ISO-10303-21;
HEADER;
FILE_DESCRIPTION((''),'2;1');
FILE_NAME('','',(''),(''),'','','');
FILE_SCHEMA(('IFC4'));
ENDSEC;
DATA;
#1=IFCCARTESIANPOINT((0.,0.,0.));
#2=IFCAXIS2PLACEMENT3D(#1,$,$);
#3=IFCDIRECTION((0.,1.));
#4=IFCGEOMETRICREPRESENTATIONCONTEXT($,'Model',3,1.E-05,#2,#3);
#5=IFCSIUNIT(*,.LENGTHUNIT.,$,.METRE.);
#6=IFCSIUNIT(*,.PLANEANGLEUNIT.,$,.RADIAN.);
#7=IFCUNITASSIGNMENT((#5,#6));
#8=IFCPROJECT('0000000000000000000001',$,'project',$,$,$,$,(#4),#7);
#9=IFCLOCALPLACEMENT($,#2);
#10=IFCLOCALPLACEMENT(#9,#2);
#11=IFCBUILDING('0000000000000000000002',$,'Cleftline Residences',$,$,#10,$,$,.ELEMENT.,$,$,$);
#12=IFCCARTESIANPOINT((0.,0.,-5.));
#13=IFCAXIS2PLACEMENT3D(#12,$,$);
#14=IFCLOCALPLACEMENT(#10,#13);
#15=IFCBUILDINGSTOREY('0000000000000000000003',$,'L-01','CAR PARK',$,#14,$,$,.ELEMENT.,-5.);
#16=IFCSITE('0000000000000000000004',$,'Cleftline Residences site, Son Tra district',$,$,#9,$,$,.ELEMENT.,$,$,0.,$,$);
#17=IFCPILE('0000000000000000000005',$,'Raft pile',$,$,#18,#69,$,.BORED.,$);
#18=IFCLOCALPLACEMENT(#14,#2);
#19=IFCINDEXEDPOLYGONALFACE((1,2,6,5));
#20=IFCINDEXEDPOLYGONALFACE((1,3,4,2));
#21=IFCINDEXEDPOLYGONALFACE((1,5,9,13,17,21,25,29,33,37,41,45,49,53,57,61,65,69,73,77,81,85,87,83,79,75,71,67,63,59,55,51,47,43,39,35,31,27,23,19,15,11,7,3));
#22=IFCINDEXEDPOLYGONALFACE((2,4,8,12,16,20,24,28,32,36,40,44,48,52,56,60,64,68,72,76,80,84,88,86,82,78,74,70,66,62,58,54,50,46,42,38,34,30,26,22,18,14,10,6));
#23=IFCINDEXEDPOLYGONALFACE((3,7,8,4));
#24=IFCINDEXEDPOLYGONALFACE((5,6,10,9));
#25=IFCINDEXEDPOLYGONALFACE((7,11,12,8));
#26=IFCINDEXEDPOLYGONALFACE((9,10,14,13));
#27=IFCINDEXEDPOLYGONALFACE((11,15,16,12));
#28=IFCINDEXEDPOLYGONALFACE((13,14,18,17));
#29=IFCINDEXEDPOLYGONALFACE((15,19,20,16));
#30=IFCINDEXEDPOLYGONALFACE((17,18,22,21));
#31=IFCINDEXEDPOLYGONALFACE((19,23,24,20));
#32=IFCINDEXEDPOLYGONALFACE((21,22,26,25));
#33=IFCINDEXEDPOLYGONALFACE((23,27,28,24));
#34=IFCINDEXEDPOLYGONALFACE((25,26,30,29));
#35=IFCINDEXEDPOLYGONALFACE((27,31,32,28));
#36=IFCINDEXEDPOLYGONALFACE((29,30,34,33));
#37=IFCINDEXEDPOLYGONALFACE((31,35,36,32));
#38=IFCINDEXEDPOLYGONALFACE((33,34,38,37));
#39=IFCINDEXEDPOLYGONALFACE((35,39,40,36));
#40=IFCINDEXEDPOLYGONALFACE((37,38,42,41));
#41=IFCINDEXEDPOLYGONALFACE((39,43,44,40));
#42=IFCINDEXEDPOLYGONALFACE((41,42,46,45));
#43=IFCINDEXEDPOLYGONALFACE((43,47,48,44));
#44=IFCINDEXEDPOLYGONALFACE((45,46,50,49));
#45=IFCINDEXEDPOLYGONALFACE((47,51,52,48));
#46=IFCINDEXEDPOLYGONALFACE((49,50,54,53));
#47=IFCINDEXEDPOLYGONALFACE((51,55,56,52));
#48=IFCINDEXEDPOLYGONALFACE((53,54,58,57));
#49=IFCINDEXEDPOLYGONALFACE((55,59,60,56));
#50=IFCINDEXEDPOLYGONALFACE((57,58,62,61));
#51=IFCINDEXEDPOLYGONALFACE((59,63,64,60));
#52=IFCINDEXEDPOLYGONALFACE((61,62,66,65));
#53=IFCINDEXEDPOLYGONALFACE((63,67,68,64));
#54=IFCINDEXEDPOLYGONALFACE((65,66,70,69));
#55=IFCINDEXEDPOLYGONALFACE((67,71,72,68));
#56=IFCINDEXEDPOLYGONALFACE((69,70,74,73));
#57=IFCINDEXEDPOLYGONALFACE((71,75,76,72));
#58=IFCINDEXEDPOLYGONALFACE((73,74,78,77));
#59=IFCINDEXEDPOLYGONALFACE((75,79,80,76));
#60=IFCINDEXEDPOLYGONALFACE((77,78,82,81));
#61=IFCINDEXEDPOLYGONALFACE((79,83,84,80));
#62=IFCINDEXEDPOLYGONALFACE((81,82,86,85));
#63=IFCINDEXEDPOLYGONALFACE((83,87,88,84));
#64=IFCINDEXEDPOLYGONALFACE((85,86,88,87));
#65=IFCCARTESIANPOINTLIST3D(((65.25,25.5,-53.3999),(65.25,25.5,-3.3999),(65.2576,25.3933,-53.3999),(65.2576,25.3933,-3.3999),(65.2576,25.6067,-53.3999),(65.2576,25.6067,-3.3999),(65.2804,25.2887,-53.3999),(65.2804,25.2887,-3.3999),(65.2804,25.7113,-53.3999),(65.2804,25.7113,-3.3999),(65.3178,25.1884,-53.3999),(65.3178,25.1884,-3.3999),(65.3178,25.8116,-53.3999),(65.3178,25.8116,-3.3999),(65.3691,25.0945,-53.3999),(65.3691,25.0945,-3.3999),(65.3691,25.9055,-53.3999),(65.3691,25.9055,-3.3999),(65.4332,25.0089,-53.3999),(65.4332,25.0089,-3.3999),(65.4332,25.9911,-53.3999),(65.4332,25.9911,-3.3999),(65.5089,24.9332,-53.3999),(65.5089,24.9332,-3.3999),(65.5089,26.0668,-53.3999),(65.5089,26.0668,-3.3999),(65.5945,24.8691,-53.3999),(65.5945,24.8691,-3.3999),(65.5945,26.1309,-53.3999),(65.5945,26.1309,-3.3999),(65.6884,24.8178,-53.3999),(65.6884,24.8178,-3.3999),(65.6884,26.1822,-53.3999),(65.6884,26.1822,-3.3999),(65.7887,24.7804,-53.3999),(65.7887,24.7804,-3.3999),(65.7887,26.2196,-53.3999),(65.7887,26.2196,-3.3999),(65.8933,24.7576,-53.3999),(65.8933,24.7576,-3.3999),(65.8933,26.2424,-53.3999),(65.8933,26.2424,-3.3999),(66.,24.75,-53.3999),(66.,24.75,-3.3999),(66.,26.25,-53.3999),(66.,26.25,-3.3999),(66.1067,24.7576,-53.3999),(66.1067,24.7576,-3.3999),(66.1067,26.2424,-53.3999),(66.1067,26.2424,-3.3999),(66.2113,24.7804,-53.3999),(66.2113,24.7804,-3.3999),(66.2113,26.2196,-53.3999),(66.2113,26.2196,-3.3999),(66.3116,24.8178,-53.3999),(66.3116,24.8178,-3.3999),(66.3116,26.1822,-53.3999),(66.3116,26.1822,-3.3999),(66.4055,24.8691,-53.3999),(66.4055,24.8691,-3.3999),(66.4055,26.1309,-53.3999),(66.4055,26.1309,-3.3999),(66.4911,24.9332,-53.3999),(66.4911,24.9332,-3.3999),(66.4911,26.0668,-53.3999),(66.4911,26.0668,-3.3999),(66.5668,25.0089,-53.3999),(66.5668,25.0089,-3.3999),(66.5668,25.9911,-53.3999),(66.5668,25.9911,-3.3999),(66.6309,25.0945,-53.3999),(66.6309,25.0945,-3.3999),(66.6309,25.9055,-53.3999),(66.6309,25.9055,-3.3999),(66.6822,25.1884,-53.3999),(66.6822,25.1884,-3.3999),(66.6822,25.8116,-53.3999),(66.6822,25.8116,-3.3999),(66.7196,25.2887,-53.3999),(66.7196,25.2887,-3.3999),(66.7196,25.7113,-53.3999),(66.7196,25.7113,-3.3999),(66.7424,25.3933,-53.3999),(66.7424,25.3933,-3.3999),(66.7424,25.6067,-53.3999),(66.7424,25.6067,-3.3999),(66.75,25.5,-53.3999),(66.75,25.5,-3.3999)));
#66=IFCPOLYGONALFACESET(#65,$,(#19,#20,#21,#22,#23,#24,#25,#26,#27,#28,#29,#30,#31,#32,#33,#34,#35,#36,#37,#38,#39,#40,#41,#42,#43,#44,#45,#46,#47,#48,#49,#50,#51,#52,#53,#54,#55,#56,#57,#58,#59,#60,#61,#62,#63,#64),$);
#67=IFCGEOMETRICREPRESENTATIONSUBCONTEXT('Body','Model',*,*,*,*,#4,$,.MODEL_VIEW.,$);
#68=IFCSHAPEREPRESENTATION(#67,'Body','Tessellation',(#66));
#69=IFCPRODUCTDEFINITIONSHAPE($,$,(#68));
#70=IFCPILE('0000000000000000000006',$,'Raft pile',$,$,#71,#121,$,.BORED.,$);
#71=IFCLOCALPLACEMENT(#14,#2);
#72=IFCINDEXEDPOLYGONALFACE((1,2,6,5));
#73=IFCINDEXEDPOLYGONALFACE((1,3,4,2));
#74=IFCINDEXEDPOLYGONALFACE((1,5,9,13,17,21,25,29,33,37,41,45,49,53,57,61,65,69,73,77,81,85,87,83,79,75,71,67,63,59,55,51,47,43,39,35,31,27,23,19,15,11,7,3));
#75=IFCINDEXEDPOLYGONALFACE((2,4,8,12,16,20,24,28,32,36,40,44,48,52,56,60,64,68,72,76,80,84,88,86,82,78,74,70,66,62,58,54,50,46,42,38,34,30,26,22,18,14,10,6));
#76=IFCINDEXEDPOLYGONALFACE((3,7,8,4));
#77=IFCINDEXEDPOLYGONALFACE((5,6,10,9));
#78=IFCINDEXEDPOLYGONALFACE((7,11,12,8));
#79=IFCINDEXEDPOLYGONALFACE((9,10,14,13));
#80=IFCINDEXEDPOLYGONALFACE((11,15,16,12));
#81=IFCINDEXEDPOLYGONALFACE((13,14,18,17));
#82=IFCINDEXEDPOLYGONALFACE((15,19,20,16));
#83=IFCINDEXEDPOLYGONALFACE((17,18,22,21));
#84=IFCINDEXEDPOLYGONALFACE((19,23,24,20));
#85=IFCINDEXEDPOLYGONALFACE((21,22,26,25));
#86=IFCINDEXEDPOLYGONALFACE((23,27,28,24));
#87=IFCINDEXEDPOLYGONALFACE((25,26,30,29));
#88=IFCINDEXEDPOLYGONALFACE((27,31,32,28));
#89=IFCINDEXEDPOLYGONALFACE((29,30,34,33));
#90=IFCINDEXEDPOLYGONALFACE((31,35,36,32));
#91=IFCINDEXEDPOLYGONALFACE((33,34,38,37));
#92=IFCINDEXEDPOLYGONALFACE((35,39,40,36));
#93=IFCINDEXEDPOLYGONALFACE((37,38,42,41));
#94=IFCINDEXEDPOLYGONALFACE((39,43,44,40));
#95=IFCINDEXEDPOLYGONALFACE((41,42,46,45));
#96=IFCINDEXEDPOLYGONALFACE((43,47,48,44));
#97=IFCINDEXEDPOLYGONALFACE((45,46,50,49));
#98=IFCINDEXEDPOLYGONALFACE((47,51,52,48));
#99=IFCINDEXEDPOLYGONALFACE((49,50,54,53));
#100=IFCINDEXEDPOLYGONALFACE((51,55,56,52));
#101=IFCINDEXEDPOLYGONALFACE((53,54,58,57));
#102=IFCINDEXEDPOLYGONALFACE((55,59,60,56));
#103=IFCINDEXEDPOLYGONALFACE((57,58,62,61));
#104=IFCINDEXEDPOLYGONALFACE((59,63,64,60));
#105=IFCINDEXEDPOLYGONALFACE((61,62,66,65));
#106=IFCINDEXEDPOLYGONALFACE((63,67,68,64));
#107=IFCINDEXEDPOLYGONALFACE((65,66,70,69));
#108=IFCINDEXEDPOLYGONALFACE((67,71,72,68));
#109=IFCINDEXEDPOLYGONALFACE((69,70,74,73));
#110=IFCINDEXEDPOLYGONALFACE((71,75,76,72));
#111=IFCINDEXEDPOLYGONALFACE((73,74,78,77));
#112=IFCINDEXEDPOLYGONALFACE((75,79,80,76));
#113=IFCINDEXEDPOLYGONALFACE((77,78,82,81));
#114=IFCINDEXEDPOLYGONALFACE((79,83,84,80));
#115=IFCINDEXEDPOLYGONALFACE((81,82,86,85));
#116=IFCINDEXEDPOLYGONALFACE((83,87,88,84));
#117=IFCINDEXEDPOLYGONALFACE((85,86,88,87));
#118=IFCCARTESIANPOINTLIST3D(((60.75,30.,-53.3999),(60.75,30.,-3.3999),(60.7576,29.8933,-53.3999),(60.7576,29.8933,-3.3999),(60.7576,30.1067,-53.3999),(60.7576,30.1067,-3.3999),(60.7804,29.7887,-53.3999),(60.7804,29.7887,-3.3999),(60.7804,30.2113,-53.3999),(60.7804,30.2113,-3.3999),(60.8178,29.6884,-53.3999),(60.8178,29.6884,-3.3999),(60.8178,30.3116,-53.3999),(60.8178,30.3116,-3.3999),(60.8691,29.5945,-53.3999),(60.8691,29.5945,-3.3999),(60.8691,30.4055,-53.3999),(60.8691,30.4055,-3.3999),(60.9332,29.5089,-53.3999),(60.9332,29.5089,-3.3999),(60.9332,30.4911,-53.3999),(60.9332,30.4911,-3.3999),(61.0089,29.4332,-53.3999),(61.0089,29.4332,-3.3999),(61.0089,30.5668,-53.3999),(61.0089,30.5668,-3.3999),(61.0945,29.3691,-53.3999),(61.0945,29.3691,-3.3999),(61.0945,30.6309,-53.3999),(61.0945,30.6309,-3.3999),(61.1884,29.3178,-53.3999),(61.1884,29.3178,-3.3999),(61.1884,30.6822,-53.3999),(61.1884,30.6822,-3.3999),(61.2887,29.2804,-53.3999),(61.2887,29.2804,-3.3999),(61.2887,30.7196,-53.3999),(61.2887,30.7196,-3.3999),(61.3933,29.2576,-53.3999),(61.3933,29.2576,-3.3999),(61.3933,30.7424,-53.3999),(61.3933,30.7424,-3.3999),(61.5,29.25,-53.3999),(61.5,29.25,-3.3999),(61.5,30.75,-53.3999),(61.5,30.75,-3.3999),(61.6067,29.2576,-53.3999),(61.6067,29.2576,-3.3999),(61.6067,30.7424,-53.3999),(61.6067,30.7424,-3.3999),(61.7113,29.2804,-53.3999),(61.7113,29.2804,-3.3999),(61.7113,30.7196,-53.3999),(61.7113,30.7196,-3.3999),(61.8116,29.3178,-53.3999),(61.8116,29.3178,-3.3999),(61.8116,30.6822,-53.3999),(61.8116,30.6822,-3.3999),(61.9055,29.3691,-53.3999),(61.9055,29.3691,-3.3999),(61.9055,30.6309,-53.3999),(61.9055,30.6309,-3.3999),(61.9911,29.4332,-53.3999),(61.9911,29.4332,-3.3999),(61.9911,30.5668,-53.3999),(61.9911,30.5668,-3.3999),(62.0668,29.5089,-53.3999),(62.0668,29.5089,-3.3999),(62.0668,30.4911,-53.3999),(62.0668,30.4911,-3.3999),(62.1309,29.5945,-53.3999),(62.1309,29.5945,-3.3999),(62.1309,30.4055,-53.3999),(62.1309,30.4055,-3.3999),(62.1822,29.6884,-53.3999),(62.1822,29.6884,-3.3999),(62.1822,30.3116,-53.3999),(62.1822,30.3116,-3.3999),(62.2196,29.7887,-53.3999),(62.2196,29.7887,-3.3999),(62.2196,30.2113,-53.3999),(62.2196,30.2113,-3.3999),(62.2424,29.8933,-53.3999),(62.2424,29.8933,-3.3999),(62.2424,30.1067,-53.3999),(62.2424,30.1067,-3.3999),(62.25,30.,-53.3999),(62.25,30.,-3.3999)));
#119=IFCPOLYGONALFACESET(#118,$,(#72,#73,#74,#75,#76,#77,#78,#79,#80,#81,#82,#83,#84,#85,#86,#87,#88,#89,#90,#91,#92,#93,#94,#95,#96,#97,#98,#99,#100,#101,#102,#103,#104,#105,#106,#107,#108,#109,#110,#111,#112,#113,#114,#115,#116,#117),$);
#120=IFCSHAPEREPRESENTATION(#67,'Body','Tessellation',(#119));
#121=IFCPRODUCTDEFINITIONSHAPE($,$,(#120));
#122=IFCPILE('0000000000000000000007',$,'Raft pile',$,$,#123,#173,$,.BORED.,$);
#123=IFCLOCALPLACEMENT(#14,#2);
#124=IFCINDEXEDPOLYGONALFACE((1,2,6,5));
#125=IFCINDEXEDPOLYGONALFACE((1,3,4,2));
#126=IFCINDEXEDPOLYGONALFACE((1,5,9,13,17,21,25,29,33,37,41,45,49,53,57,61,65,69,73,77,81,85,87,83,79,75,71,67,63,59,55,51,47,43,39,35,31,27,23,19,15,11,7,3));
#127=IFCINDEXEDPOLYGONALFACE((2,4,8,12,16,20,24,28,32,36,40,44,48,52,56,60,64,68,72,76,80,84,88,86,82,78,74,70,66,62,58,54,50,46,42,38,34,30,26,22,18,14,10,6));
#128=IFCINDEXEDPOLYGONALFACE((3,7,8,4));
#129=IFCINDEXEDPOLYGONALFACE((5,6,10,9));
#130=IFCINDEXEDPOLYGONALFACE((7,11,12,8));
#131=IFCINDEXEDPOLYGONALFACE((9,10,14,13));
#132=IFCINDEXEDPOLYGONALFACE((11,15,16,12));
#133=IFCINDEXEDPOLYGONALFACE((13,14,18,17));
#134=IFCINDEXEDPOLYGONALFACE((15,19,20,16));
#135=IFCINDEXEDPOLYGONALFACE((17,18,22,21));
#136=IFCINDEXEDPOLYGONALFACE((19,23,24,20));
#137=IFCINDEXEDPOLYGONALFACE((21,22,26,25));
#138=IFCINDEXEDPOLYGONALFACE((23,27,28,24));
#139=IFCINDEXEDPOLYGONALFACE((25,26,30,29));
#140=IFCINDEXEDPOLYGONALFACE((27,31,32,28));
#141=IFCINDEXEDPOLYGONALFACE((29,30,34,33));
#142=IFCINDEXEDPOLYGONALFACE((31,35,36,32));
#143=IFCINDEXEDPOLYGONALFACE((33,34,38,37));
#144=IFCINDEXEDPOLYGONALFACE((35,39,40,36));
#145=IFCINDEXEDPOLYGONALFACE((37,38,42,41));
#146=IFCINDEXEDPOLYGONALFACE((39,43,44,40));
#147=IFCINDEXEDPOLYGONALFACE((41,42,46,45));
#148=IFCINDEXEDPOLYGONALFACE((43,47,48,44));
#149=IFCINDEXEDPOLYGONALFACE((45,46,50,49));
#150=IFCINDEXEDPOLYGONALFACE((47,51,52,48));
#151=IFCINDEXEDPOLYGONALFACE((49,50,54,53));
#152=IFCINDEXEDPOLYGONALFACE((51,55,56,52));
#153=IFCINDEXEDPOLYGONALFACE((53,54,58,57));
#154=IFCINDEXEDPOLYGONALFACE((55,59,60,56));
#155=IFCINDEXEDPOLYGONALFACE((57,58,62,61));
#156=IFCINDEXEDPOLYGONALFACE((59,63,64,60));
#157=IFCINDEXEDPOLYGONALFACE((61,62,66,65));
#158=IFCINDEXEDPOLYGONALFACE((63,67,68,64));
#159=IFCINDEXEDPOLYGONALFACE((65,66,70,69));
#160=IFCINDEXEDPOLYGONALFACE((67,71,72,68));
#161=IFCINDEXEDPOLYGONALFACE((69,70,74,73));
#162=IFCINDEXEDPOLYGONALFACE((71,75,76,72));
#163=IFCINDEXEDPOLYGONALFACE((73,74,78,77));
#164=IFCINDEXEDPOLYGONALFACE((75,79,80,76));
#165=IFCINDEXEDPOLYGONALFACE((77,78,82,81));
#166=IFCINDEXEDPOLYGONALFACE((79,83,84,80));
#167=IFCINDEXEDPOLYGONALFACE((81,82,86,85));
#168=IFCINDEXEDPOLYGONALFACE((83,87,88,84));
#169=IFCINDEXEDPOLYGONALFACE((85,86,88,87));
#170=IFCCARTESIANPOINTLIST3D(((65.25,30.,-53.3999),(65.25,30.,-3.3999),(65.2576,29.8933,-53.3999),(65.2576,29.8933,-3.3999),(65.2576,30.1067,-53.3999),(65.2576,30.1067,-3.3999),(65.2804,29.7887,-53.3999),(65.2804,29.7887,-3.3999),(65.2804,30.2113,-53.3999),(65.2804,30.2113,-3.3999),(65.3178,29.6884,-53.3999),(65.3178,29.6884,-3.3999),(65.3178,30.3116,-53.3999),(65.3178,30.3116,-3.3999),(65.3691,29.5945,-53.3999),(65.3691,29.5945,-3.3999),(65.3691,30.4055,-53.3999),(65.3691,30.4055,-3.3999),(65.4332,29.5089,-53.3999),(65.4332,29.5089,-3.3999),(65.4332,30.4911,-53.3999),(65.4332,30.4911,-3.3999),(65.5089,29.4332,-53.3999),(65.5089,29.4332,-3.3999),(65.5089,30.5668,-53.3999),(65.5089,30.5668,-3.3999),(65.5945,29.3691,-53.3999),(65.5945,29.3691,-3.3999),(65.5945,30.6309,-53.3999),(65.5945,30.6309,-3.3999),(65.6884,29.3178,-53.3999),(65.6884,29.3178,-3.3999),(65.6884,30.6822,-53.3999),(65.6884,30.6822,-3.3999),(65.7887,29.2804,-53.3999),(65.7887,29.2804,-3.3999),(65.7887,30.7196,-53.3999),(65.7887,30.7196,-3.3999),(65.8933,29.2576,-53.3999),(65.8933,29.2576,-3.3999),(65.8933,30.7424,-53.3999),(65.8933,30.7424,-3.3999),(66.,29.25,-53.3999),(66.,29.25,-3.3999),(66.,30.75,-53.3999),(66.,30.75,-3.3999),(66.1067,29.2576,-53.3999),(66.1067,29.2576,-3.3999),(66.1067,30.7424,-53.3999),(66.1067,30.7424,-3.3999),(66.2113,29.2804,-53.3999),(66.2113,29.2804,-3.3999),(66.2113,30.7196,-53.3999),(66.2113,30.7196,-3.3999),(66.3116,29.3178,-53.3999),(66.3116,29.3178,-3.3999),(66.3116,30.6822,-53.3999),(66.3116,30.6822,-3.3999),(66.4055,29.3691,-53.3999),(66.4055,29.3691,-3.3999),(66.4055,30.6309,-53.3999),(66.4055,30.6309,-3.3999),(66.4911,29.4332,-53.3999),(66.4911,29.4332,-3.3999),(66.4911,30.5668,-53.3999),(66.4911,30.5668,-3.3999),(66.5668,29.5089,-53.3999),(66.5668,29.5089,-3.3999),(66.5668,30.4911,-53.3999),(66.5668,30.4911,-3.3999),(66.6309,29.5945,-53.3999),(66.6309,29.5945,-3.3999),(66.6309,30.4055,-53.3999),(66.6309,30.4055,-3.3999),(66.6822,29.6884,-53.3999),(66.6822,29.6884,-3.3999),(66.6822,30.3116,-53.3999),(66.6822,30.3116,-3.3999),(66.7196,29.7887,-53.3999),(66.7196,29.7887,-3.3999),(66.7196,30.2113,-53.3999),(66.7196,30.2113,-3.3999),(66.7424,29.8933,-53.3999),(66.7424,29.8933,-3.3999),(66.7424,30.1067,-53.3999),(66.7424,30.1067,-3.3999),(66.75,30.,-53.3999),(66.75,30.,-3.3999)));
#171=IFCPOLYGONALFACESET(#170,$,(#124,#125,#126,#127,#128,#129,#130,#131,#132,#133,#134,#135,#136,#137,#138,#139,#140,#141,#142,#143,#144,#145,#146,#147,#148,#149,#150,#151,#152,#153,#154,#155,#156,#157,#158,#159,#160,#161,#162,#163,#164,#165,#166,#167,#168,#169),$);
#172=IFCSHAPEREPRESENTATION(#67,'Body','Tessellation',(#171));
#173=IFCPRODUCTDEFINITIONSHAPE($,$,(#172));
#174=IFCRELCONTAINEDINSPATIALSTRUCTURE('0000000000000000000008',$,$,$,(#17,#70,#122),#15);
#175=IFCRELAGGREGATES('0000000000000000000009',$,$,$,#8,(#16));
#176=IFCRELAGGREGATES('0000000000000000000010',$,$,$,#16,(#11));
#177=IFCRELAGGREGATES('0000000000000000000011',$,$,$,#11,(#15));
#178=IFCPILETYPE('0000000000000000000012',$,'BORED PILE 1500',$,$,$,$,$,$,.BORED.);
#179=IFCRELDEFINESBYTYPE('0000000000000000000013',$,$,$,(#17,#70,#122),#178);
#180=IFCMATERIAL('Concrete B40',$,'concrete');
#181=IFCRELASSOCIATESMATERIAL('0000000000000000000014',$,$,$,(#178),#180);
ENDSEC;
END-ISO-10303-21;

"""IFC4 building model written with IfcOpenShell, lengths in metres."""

from ifc_helpers import new_model, si_unit, direction, frame, origin, origin_2d, place, context, subcontext, project, spatial, circle, extrude, material, material_profile, profile_set, type_object, element, save


model = new_model("IFC4")

# Units and contexts
model_context = context("Model", 3, precision=1e-05, world=origin(), true_north=direction((0.0, 1.0)))
body_context = subcontext(model_context, "Body", "Model", "MODEL_VIEW")
ifc_project = project(units=[si_unit("LENGTHUNIT", "METRE"), si_unit("PLANEANGLEUNIT", "RADIAN")], contexts=[model_context])

# Site, building, storey
site_placement = place(None, origin())
site = spatial("IfcSite", under=ifc_project, at=site_placement, Name="Cleftline Residences site, Son Tra district", CompositionType="ELEMENT", RefElevation=0.0)
building_placement = place(site_placement, origin())
building = spatial("IfcBuilding", under=site, at=building_placement, Name="Cleftline Residences", CompositionType="ELEMENT")
storey_placement = place(building_placement, frame((0.0, 0.0, -5.0)))
storey = spatial("IfcBuildingStorey", under=building, at=storey_placement, Name="L-01", Description="CAR PARK", CompositionType="ELEMENT", Elevation=-5.0)

# Piles
ifc_material_1 = material(Name="Concrete B40", Category="concrete")
ifc_material_profile_1 = material_profile(ifc_material_1, circle(Radius=0.75, at=origin_2d()))
ifc_profile_set_1 = profile_set([ifc_material_profile_1], Name="Concrete B40")
pile_type_1 = type_object("IfcPileType", Name="BORED PILE 1500", PredefinedType="BORED", material=ifc_profile_set_1)
for number, where, z_axis, x_axis, name in (
    (1, (66.0, 25.5, -3.3999), (0.0, 0.0, -1.0), (1.0, 0.0, 0.0), "Raft pile"),
    (2, (61.5, 30.0, -3.3999), (0.0, 0.0, -1.0), (1.0, 0.0, 0.0), "Raft pile"),
    (3, (66.0, 30.0, -3.3999), (0.0, 0.0, -1.0), (1.0, 0.0, 0.0), "Raft pile"),
):
    element("IfcPile", number, at=place(storey_placement, frame(where, z_axis=z_axis, x_axis=x_axis)), inside=storey, type_object=pile_type_1, Name=name, PredefinedType="BORED", context=body_context, shape_type="SweptSolid", body=[
        extrude(circle(Radius=0.75, at=origin_2d()), origin(), (0.0, 0.0, 1.0), 50.0),
    ])

save(model, "model.ifc")
